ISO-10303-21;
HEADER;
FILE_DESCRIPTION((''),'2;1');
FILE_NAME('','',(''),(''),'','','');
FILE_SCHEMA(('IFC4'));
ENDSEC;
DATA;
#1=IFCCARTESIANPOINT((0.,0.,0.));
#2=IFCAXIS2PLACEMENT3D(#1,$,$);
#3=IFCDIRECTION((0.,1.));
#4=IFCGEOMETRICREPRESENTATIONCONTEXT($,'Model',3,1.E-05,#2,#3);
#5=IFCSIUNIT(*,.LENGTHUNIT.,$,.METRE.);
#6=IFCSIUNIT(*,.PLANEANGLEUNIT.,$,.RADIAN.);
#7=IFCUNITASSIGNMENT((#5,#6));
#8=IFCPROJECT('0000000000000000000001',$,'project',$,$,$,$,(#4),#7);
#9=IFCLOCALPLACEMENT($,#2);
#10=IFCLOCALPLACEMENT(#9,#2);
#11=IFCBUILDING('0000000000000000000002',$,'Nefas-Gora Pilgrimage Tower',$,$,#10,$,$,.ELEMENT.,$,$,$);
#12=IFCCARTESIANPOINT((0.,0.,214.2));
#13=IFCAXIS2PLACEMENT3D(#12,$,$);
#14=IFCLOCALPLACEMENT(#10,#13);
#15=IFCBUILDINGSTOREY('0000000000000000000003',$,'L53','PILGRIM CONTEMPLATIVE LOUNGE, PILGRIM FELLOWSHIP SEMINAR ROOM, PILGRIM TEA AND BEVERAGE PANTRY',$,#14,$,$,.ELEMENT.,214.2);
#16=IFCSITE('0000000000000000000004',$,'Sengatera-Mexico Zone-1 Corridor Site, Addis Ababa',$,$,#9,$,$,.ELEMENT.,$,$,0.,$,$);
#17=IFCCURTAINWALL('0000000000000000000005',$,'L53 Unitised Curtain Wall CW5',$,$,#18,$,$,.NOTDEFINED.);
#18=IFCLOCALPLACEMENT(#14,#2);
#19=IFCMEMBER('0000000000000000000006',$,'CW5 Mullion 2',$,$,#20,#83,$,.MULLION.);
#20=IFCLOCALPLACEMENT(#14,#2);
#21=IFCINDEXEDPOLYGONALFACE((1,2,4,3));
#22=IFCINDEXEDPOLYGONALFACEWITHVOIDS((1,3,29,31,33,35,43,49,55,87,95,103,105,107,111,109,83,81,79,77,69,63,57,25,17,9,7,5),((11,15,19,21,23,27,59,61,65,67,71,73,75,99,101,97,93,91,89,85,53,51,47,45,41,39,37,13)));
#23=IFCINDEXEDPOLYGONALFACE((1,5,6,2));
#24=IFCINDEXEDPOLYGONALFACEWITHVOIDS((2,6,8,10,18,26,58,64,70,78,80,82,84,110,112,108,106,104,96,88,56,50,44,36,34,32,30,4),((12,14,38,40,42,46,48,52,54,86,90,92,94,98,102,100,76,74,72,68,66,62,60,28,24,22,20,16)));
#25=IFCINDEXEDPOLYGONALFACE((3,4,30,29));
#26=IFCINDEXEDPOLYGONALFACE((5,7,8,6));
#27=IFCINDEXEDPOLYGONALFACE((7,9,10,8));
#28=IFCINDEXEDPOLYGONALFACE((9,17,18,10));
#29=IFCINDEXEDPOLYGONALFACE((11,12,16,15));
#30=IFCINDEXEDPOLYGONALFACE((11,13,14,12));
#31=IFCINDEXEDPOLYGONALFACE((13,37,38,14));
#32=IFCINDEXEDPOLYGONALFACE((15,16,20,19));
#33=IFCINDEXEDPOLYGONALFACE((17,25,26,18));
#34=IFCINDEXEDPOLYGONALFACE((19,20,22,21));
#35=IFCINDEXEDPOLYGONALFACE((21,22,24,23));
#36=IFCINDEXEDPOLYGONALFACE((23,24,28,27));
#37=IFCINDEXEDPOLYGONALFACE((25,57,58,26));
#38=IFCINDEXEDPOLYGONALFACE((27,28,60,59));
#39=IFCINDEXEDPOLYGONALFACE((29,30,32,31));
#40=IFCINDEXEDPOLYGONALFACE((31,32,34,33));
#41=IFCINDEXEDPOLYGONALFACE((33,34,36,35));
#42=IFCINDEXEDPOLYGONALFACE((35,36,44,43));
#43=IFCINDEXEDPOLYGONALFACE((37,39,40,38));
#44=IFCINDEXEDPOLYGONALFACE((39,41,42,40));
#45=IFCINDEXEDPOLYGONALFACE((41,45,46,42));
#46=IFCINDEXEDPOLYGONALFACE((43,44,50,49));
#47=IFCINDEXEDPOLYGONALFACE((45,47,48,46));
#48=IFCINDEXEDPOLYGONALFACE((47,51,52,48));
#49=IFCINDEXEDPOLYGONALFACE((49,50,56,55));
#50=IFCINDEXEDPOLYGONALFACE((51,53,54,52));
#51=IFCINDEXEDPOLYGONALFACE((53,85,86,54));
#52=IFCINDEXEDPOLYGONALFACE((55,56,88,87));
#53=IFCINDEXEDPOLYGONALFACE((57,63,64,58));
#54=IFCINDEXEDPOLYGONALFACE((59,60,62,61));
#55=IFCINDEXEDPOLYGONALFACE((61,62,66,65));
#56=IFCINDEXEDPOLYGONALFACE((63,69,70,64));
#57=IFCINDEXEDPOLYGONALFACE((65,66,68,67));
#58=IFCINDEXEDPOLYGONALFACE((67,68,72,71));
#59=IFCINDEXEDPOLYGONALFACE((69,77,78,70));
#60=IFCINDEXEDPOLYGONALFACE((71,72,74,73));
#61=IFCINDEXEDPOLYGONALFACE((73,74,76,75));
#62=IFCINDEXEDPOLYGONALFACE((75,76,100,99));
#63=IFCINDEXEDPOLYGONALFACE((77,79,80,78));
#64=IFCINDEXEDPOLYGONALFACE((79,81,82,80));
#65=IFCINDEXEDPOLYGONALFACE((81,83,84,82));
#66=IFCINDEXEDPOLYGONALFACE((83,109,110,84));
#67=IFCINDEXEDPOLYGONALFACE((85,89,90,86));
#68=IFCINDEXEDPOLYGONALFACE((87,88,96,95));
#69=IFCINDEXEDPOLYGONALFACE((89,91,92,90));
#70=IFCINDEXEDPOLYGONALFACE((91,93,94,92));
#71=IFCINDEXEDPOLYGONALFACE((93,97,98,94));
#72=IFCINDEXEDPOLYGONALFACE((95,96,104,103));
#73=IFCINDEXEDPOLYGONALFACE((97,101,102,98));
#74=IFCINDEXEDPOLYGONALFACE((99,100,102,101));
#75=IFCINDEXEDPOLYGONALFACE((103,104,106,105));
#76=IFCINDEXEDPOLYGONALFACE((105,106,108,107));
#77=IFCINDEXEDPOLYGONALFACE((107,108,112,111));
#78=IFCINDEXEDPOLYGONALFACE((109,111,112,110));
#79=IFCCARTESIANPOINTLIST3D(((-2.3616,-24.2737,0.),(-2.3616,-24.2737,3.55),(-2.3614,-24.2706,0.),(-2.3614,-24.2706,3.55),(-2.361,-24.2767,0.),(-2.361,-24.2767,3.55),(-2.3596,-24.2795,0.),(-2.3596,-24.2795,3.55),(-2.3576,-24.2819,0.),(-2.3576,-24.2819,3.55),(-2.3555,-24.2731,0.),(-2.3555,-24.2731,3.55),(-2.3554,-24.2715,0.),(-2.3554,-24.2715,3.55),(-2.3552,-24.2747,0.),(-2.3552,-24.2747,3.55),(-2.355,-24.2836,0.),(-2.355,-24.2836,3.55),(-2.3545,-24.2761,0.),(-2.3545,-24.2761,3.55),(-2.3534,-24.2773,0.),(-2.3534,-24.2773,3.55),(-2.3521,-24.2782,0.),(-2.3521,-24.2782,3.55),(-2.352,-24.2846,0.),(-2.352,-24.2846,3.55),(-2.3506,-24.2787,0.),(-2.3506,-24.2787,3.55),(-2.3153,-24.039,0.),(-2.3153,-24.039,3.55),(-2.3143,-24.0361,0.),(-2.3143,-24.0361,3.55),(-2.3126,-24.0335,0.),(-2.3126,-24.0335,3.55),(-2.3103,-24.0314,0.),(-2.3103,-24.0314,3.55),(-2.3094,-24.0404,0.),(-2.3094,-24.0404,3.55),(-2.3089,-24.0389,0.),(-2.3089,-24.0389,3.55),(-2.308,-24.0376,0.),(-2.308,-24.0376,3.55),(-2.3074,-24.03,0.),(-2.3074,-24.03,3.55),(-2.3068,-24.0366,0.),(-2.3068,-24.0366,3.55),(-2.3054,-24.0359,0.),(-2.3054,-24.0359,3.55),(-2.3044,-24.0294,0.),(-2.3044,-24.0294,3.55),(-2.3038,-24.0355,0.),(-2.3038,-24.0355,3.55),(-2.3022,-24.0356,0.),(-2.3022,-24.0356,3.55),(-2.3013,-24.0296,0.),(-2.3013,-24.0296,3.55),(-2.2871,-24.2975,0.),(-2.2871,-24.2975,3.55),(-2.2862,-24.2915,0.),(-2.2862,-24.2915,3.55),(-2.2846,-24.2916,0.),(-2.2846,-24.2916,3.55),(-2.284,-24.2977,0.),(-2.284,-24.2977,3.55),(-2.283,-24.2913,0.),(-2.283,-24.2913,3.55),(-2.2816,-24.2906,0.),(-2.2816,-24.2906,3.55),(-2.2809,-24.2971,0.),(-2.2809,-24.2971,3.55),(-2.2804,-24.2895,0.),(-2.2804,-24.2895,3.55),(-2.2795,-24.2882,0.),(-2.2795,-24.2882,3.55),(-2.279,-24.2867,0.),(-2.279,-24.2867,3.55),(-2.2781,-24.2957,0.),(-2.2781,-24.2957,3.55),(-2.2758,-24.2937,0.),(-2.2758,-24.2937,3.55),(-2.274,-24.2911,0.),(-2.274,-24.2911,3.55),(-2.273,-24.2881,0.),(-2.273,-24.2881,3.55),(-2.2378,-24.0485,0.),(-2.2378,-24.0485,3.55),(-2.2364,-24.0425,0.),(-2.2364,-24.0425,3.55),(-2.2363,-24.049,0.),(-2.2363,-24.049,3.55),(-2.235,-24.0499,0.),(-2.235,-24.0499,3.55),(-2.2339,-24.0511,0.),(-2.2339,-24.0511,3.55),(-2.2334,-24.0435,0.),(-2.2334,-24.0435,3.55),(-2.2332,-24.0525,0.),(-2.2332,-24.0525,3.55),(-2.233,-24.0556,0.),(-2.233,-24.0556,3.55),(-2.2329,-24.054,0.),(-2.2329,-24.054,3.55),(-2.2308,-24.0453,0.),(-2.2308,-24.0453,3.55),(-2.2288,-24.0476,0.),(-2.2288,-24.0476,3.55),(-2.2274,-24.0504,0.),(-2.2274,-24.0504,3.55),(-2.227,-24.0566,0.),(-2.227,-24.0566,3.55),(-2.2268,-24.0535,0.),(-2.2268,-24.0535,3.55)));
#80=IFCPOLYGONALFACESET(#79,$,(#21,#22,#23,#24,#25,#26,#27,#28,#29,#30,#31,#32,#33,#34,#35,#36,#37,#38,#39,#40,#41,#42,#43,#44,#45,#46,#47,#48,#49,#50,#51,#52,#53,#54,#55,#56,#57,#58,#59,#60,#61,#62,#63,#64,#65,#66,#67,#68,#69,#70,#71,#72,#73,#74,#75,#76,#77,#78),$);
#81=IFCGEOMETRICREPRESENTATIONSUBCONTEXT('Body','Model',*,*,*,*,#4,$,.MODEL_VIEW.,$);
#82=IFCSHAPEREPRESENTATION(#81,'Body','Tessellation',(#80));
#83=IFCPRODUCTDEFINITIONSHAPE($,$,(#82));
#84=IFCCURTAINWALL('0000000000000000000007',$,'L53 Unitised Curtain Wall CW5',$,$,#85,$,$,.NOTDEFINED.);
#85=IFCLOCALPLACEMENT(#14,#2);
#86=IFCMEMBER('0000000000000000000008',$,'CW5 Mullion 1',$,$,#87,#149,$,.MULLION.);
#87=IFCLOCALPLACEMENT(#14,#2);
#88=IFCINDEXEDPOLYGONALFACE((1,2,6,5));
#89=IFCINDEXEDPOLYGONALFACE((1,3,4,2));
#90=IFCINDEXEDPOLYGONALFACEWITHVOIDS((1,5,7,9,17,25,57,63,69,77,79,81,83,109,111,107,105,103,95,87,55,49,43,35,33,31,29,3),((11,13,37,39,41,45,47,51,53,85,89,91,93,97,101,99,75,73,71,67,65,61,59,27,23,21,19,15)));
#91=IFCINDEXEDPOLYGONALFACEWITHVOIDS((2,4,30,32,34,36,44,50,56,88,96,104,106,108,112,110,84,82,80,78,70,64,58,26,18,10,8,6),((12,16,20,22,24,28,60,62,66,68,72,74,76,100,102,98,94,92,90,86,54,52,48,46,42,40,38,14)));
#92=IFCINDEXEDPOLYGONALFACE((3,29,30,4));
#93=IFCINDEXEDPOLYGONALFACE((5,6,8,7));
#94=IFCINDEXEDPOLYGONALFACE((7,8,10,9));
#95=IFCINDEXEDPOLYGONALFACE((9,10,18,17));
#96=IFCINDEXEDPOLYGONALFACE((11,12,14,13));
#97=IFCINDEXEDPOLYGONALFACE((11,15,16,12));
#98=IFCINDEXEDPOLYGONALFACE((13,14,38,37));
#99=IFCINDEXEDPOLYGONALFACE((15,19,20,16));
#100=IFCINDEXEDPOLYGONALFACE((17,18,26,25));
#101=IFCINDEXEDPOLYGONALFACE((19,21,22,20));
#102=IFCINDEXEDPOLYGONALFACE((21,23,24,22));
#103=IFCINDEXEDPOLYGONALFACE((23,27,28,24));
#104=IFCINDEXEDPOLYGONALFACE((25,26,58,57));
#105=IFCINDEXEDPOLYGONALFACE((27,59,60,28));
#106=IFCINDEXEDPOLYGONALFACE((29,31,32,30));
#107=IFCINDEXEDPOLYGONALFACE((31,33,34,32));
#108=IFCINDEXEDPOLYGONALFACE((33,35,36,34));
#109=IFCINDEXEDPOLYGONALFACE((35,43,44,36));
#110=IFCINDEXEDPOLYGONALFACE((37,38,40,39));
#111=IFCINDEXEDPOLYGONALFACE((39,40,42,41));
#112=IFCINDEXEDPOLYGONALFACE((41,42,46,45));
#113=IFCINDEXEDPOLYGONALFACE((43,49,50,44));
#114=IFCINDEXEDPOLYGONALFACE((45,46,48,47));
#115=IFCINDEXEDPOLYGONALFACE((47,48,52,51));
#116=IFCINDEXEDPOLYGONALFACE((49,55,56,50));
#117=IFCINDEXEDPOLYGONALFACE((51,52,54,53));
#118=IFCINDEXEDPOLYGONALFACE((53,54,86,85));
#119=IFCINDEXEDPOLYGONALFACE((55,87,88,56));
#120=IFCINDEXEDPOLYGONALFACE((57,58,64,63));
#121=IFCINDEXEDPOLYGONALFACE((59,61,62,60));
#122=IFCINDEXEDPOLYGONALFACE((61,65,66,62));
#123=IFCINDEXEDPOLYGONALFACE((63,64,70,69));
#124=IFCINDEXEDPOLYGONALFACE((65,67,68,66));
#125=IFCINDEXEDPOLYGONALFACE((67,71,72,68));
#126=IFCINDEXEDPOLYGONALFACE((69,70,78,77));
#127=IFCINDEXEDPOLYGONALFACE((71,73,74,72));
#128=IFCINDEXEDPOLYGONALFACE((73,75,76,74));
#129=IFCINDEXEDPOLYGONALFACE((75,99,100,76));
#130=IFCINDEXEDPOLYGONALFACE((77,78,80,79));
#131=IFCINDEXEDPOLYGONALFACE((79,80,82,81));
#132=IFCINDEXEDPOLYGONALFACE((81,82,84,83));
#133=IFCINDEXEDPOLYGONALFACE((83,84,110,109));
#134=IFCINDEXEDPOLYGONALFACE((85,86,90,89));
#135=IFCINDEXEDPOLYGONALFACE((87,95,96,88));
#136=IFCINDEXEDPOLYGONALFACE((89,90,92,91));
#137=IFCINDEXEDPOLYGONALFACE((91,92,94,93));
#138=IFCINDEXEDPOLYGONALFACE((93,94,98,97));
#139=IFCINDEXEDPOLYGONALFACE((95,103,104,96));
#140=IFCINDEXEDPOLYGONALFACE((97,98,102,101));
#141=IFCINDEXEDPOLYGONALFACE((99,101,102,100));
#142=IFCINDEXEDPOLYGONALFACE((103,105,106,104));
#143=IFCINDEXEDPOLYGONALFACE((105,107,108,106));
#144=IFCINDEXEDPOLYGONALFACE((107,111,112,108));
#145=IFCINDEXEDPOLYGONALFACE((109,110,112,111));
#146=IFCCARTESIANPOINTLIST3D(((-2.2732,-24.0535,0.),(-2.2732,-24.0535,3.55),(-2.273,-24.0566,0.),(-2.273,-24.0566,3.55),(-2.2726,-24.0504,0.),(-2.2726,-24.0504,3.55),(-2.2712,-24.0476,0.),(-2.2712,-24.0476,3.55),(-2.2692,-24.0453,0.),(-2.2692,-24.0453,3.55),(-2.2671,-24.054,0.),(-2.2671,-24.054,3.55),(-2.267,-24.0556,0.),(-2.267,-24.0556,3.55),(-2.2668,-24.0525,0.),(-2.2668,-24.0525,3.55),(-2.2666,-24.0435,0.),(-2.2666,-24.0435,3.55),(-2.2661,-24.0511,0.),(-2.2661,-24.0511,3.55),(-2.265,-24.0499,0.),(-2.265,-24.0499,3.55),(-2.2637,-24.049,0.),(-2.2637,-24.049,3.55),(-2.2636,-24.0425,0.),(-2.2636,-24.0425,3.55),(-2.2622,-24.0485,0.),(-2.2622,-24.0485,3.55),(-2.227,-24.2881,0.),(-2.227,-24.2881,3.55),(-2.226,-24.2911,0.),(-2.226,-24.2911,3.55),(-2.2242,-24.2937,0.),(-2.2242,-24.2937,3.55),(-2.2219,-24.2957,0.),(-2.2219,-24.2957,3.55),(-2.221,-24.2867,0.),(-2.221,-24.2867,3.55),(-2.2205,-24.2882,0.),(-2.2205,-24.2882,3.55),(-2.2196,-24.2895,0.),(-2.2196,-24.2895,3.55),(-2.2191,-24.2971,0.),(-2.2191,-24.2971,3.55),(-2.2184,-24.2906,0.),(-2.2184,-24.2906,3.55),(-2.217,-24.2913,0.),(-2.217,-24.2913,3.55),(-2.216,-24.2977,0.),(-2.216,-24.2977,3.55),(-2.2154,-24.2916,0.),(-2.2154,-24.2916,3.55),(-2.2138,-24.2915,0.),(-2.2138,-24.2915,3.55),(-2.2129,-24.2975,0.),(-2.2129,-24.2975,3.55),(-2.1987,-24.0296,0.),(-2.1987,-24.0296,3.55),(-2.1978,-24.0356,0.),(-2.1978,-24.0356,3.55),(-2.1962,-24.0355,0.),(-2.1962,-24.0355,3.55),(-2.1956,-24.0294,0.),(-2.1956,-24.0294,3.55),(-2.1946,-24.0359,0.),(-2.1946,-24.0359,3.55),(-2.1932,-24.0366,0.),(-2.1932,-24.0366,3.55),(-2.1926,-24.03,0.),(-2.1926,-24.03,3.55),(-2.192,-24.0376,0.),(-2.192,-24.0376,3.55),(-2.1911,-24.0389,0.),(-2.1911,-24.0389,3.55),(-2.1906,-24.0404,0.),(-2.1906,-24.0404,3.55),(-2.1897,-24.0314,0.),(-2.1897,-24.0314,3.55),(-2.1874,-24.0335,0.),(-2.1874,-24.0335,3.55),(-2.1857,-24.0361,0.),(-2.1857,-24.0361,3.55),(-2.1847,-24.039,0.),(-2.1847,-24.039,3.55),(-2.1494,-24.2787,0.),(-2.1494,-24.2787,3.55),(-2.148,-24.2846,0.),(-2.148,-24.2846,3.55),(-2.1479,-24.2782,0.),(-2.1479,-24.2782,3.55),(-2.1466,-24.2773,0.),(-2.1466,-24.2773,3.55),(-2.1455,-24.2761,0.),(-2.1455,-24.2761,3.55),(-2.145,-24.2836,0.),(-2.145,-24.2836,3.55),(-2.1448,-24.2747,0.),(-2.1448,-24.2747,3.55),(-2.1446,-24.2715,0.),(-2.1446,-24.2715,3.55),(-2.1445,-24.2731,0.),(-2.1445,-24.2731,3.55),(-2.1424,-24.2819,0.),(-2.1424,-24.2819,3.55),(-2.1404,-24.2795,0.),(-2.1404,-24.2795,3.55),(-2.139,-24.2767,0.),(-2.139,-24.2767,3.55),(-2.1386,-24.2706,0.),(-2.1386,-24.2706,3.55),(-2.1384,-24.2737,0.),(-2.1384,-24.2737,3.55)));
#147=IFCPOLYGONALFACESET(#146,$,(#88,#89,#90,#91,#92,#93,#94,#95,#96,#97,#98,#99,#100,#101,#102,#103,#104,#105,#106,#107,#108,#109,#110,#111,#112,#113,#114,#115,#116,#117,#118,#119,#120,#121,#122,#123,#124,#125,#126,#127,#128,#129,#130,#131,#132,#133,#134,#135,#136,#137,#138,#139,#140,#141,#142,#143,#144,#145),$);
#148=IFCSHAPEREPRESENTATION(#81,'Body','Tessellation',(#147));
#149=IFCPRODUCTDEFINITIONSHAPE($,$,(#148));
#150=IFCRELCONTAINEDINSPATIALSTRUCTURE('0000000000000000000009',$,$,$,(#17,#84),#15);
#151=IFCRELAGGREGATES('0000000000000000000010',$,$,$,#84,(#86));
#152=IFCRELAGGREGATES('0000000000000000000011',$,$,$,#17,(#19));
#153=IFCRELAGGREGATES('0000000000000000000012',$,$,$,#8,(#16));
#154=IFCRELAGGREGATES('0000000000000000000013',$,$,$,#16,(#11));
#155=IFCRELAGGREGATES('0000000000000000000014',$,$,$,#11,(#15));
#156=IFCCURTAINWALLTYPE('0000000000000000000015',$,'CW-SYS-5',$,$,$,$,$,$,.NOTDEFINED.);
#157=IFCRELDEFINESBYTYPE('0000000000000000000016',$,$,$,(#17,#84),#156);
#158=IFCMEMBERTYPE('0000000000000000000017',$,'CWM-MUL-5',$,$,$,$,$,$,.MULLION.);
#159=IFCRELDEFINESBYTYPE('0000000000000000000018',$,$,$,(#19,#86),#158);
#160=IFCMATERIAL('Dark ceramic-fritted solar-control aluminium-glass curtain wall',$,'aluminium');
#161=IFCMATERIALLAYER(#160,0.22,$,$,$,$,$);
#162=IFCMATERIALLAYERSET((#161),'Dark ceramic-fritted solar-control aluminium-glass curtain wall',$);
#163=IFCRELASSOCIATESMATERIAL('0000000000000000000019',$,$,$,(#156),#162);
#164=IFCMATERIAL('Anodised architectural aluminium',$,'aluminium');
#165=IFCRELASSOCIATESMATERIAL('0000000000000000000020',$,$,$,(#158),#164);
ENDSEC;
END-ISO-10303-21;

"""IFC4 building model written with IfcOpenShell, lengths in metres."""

from ifc_helpers import new_model, si_unit, direction, frame, origin, origin_2d, place, context, subcontext, project, spatial, hollow_rectangle, extrude, source, transform, mapped, material, layer, layer_set, material_profile, profile_set, type_object, element, aggregate, save


model = new_model("IFC4")

# Units and contexts
model_context = context("Model", 3, precision=1e-05, world=origin(), true_north=direction((0.0, 1.0)))
body_context = subcontext(model_context, "Body", "Model", "MODEL_VIEW")
ifc_project = project(units=[si_unit("LENGTHUNIT", "METRE"), si_unit("PLANEANGLEUNIT", "RADIAN")], contexts=[model_context])

# Site, building, storey
site_placement = place(None, origin())
site = spatial("IfcSite", under=ifc_project, at=site_placement, Name="Sengatera-Mexico Zone-1 Corridor Site, Addis Ababa", CompositionType="ELEMENT", RefElevation=0.0)
building_placement = place(site_placement, origin())
building = spatial("IfcBuilding", under=site, at=building_placement, Name="Nefas-Gora Pilgrimage Tower", CompositionType="ELEMENT")
storey_placement = place(building_placement, frame((0.0, 0.0, 214.2)))
storey = spatial("IfcBuildingStorey", under=building, at=storey_placement, Name="L53", Description="PILGRIM CONTEMPLATIVE LOUNGE, PILGRIM FELLOWSHIP SEMINAR ROOM, PILGRIM TEA AND BEVERAGE PANTRY", CompositionType="ELEMENT", Elevation=214.2)

# Shared definitions
ifc_material_1 = material(Name="Dark ceramic-fritted solar-control aluminium-glass curtain wall", Category="aluminium")
ifc_layer_1 = layer(ifc_material_1, 0.22)
ifc_layer_set_1 = layer_set([ifc_layer_1], Name="Dark ceramic-fritted solar-control aluminium-glass curtain wall")
curtain_wall_type = type_object("IfcCurtainWallType", Name="CW-SYS-5", PredefinedType="NOTDEFINED", material=ifc_layer_set_1)
ifc_material_2 = material(Name="Anodised architectural aluminium", Category="aluminium")
ifc_material_profile_1 = material_profile(ifc_material_2, hollow_rectangle(XDim=0.0901, YDim=0.26, WallThickness=0.0061, InnerFilletRadius=0.0061, OuterFilletRadius=0.012, at=origin_2d()), Name="ALU MULLION 90x260")
ifc_profile_set_1 = profile_set([ifc_material_profile_1], Name="Anodised architectural aluminium")
member_type_1 = type_object("IfcMemberType", Name="CWM-MUL-5", PredefinedType="MULLION", material=ifc_profile_set_1)
shared_shape_1 = source(origin(), body_context, "Body", "SweptSolid", [
    extrude(hollow_rectangle(XDim=0.0901, YDim=0.26, WallThickness=0.0061, InnerFilletRadius=0.0061, OuterFilletRadius=0.012, at=origin_2d()), origin(), (0.0, 0.0, 1.0), 3.55),
])

# Curtain wall, member
curtain_wall_1_placement = place(storey_placement, origin())
curtain_wall_1 = element("IfcCurtainWall", 1, at=curtain_wall_1_placement, inside=storey, type_object=curtain_wall_type, Name="L53 Unitised Curtain Wall CW5", PredefinedType="NOTDEFINED")
member_1_placement = place(storey_placement, frame((-2.2942, -24.1636, 0.0), z_axis=(0.0, 0.0, 1.0), x_axis=(0.980783, -0.195102, 0.0)))
member_1 = element("IfcMember", 2, at=member_1_placement, type_object=member_type_1, Name="CW5 Mullion 2", PredefinedType="MULLION", context=body_context, shape_type="MappedRepresentation", body=[
    mapped(shared_shape_1, transform((0.0, 0.0, 0.0), x_axis=(1.0, 0.0, 0.0), y_axis=(0.0, 1.0, 0.0), z_axis=(0.0, 0.0, 1.0), scale=1.0)),
])

# Curtain wall, member
curtain_wall_2_placement = place(storey_placement, origin())
curtain_wall_2 = element("IfcCurtainWall", 3, at=curtain_wall_2_placement, inside=storey, type_object=curtain_wall_type, Name="L53 Unitised Curtain Wall CW5", PredefinedType="NOTDEFINED")
member_2_placement = place(storey_placement, frame((-2.2058, -24.1636, 0.0), z_axis=(0.0, 0.0, 1.0), x_axis=(0.980783, 0.195102, 0.0)))
member_2 = element("IfcMember", 4, at=member_2_placement, type_object=member_type_1, Name="CW5 Mullion 1", PredefinedType="MULLION", context=body_context, shape_type="MappedRepresentation", body=[
    mapped(shared_shape_1, transform((0.0, 0.0, 0.0), x_axis=(1.0, 0.0, 0.0), y_axis=(0.0, 1.0, 0.0), z_axis=(0.0, 0.0, 1.0), scale=1.0)),
])

aggregate(curtain_wall_2, [member_2])

aggregate(curtain_wall_1, [member_1])

save(model, "model.ifc")
